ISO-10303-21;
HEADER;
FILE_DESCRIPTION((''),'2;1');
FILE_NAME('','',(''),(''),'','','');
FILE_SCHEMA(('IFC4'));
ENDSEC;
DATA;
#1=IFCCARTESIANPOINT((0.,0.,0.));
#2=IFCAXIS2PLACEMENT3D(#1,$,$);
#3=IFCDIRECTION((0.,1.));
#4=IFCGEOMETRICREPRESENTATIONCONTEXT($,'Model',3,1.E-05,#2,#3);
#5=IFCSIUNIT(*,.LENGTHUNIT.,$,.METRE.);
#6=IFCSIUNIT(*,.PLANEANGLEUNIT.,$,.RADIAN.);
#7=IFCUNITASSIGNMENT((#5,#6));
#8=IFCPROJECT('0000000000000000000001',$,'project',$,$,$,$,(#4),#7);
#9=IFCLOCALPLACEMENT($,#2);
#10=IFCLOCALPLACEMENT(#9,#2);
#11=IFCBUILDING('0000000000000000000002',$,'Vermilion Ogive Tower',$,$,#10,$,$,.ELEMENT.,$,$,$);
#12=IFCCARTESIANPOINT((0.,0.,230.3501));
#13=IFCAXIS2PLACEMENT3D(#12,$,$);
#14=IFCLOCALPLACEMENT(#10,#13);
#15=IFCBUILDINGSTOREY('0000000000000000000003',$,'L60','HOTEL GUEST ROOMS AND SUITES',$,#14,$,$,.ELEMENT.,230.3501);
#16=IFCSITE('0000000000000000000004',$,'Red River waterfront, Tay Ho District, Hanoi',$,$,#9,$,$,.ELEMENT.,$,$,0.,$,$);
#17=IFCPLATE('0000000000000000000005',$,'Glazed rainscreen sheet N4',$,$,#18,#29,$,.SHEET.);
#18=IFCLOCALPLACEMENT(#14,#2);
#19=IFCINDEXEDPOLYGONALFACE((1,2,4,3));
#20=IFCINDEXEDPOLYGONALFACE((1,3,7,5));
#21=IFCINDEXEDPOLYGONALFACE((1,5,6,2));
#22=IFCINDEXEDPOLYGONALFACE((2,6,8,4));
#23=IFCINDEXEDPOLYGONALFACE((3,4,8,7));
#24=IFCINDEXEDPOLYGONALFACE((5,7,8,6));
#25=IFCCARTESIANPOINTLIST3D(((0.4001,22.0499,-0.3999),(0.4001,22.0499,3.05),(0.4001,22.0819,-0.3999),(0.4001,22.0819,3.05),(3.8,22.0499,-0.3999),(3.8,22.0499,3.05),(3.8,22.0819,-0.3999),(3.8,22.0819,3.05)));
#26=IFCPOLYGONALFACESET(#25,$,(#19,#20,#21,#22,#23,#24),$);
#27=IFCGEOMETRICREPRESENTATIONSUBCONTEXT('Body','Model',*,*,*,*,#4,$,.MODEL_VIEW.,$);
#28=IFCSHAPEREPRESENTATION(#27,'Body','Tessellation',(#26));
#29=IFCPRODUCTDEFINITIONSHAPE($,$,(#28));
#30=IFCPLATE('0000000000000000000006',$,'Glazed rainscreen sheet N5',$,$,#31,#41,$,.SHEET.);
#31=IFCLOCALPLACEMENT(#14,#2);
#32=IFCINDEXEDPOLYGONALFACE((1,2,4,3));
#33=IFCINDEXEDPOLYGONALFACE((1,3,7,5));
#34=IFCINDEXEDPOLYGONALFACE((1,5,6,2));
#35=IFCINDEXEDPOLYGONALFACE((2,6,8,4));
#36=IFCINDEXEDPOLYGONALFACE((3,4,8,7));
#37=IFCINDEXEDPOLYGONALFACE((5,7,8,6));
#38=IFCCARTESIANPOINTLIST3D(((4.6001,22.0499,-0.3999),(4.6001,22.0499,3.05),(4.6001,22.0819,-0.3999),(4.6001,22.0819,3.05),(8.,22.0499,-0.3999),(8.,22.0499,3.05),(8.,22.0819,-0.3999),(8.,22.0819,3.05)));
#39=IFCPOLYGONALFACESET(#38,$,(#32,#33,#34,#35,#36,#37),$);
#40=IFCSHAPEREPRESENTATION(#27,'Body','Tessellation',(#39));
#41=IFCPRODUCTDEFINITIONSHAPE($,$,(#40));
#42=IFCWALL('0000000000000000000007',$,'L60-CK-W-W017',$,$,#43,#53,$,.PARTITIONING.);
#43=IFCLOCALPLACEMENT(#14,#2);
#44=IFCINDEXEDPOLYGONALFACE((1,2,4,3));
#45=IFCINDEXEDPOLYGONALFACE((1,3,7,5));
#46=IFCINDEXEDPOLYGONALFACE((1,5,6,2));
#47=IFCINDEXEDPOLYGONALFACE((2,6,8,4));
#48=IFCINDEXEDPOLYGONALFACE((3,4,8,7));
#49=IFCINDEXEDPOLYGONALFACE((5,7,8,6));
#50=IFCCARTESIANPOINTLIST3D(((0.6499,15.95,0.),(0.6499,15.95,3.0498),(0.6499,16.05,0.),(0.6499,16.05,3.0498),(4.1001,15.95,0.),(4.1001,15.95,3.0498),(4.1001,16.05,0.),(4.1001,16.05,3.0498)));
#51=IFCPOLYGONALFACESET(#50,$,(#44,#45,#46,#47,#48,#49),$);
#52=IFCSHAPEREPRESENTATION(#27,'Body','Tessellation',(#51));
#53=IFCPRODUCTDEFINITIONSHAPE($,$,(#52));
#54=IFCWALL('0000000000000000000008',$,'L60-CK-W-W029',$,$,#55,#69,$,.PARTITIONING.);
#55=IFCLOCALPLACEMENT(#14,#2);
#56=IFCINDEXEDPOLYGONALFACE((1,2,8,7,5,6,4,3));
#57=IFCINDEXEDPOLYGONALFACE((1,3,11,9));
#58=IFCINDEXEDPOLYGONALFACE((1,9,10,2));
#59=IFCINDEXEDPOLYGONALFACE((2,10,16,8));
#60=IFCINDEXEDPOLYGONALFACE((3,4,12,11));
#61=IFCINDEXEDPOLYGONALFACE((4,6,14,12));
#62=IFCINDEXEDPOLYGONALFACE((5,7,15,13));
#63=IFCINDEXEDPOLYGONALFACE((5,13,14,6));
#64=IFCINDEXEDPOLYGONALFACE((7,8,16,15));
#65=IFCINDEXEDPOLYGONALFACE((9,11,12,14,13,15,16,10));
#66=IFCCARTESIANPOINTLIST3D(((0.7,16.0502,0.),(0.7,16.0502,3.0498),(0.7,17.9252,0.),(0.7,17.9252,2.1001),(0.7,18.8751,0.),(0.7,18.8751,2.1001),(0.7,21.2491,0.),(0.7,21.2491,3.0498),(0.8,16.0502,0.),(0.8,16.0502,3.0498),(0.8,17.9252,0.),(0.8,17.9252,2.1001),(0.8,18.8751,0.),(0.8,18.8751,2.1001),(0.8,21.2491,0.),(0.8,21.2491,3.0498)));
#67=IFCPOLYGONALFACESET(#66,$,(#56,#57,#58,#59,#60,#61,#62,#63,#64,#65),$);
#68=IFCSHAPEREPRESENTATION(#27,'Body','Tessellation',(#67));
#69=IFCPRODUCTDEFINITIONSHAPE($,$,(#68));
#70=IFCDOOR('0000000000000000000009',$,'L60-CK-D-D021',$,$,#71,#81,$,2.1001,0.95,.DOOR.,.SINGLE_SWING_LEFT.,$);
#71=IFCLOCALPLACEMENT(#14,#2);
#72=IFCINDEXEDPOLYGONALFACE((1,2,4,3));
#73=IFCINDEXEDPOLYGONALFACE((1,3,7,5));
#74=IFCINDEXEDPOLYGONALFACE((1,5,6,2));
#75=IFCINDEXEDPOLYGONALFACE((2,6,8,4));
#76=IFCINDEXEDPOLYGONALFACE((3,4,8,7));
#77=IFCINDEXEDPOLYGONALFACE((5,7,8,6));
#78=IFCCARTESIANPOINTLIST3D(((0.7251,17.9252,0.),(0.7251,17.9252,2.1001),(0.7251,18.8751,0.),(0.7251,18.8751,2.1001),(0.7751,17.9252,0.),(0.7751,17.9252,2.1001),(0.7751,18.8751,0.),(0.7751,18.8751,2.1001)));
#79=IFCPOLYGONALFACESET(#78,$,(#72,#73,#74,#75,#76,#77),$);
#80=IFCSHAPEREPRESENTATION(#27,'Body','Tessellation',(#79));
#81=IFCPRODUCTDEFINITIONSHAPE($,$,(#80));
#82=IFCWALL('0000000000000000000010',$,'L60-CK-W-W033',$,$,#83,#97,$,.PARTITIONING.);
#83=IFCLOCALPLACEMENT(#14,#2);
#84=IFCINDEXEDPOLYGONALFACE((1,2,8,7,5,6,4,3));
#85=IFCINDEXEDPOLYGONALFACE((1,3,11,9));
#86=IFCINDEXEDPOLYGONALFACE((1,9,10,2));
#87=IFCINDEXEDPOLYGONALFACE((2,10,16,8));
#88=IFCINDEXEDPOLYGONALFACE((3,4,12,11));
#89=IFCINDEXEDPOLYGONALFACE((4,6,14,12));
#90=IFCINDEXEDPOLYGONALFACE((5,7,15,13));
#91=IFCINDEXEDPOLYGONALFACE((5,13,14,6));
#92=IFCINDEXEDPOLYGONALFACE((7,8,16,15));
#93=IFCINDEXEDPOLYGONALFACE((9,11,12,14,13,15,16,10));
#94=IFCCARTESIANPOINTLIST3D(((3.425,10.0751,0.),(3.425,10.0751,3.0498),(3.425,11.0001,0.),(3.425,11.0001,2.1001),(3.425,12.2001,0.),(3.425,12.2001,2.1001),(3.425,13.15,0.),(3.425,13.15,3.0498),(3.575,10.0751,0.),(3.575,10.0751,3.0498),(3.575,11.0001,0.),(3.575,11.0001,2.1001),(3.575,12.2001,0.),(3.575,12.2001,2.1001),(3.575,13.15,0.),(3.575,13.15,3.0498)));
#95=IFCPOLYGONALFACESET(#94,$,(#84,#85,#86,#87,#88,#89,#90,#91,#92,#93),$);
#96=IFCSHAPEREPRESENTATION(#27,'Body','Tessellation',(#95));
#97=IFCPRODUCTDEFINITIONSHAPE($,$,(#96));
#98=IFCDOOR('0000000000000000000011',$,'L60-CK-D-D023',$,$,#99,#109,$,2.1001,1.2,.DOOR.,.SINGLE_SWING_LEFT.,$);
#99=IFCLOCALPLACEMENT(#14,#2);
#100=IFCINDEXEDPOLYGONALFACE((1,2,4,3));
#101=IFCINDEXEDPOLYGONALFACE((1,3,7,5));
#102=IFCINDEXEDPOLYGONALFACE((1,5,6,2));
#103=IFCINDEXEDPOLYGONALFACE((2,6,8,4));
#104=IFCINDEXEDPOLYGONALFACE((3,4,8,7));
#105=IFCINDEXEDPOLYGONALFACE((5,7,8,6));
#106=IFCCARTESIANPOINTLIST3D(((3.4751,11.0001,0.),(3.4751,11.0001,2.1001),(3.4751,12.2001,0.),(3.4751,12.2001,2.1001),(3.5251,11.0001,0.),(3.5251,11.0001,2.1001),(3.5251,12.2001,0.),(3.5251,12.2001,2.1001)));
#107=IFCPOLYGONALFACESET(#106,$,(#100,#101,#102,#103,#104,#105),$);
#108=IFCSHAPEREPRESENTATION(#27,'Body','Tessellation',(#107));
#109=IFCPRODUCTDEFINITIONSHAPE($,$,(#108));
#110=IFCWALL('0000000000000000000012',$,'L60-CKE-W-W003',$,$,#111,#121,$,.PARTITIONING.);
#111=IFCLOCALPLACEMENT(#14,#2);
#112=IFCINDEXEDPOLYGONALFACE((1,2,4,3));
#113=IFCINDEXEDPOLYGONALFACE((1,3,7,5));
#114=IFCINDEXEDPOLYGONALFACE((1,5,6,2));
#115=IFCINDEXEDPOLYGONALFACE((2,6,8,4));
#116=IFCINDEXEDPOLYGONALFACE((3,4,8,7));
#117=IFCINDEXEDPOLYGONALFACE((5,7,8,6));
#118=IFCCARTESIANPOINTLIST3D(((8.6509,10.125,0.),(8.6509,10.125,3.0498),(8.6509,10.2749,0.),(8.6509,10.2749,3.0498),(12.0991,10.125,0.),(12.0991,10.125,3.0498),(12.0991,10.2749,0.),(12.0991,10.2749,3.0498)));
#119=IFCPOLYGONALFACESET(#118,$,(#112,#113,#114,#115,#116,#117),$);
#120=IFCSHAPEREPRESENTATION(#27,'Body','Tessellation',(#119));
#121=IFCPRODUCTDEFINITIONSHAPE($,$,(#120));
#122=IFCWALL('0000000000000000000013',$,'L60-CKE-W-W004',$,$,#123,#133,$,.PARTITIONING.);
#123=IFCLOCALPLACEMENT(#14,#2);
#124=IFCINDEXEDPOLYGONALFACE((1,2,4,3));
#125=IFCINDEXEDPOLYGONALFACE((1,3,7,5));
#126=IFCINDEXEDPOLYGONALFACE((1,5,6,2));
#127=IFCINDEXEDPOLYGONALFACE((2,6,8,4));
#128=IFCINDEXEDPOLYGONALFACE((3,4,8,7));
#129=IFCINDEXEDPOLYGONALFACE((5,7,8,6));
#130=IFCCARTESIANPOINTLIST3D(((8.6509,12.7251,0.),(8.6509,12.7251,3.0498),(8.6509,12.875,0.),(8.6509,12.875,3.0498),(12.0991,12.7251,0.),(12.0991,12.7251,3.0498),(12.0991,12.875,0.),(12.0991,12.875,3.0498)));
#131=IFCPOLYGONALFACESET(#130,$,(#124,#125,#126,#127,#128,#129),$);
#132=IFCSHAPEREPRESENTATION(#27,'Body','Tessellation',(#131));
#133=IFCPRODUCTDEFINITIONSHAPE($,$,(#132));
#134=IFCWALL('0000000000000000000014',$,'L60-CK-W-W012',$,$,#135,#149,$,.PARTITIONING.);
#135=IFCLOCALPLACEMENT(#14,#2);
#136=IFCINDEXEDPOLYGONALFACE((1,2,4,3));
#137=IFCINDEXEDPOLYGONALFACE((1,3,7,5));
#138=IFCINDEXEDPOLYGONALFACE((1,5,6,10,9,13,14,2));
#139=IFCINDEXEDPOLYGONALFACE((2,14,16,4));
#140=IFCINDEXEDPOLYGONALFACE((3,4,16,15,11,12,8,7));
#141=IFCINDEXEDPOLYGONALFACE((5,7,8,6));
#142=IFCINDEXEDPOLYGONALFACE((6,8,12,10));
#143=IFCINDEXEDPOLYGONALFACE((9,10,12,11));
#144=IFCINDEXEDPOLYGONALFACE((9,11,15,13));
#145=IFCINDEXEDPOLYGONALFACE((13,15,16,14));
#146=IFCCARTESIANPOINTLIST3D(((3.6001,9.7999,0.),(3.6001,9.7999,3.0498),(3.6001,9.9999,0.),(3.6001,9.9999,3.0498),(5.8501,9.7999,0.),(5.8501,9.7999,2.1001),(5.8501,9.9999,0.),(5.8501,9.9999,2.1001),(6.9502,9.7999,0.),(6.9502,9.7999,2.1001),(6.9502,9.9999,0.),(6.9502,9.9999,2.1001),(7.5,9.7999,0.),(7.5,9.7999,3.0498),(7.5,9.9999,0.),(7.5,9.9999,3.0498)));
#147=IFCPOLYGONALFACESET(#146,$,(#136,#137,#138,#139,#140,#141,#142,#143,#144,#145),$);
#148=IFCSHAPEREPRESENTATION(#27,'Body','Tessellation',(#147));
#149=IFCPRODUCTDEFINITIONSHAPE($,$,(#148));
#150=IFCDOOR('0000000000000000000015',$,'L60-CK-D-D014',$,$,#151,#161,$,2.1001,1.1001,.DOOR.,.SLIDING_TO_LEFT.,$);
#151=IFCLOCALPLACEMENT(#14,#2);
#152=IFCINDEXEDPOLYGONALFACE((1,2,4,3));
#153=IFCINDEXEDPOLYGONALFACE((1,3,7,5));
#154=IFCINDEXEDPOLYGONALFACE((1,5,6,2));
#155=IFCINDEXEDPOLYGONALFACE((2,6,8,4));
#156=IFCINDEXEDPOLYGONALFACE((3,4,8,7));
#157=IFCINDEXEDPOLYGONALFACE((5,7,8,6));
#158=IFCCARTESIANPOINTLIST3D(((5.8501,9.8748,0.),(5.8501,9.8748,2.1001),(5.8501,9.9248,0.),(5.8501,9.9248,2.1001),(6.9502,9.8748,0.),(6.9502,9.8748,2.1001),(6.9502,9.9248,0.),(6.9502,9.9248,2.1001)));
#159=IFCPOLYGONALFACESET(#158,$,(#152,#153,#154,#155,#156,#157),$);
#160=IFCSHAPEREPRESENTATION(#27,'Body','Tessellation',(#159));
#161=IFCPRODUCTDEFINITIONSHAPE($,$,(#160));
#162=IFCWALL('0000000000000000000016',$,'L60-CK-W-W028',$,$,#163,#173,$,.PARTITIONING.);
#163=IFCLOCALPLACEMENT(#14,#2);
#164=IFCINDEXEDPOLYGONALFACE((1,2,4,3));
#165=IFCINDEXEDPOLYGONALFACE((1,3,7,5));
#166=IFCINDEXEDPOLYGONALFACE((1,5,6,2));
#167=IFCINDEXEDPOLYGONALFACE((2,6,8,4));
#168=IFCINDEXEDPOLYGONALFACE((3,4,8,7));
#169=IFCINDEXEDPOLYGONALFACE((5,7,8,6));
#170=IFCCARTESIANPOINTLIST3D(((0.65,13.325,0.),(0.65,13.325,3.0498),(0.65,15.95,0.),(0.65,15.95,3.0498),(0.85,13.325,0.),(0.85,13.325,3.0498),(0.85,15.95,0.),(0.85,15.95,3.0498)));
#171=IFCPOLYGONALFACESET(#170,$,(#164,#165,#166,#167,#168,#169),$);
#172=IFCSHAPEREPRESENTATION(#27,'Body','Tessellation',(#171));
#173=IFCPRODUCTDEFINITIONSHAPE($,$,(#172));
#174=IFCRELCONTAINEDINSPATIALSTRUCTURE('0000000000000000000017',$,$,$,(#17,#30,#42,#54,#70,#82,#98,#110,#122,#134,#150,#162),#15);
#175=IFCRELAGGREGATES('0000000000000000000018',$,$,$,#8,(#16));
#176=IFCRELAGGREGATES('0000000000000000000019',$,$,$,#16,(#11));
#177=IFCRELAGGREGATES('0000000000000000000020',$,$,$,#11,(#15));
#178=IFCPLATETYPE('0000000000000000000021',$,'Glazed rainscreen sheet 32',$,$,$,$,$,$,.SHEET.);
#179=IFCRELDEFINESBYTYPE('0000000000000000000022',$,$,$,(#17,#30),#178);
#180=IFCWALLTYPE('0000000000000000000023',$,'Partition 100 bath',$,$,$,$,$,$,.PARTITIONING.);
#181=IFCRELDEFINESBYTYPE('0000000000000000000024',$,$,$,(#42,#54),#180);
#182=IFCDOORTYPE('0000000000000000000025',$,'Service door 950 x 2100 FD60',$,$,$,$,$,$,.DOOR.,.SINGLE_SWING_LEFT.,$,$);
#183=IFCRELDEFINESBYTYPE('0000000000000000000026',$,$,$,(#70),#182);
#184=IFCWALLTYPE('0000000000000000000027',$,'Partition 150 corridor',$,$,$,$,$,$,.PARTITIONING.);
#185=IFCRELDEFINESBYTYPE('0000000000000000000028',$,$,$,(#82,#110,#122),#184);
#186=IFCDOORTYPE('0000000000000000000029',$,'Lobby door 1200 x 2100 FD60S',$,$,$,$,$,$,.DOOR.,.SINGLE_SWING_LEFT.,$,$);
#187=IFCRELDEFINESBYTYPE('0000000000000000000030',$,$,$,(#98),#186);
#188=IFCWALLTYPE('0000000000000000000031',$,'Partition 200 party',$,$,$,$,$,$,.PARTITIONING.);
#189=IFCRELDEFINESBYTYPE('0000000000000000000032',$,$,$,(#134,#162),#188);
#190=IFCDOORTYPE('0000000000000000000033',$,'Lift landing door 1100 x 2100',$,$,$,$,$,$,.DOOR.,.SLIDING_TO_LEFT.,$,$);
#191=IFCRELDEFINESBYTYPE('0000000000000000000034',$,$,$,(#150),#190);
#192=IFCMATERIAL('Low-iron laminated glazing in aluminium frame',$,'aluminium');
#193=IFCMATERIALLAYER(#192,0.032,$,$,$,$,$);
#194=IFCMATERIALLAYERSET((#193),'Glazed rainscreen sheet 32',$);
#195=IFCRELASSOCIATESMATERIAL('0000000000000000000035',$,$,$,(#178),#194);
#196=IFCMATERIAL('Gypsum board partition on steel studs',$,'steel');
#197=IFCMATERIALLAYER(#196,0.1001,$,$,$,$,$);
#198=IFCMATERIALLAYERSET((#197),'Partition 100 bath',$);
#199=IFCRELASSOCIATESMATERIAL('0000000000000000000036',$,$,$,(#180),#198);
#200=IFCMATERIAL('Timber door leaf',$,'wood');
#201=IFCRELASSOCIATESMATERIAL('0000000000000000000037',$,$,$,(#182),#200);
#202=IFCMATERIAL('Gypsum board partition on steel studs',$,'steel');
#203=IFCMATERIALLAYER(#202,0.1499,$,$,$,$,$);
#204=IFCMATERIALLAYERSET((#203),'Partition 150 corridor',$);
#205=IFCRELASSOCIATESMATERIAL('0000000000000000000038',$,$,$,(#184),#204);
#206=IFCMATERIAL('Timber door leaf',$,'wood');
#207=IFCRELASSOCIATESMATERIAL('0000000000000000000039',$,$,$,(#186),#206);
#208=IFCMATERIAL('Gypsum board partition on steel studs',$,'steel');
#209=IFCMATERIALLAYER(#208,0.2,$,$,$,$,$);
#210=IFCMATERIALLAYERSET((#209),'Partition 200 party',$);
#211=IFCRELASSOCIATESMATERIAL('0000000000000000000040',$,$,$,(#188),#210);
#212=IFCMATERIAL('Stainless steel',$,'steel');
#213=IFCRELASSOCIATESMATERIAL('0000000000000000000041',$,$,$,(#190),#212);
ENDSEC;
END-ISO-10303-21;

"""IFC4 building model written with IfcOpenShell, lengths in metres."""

from ifc_helpers import new_model, si_unit, direction, frame, frame_2d, origin, origin_2d, place, context, subcontext, project, spatial, rectangle, extrude, material, layer, layer_set, type_object, element, fill, save


model = new_model("IFC4")

# Units and contexts
model_context = context("Model", 3, precision=1e-05, world=origin(), true_north=direction((0.0, 1.0)))
body_context = subcontext(model_context, "Body", "Model", "MODEL_VIEW")
ifc_project = project(units=[si_unit("LENGTHUNIT", "METRE"), si_unit("PLANEANGLEUNIT", "RADIAN")], contexts=[model_context])

# Site, building, storey
site_placement = place(None, origin())
site = spatial("IfcSite", under=ifc_project, at=site_placement, Name="Red River waterfront, Tay Ho District, Hanoi", CompositionType="ELEMENT", RefElevation=0.0)
building_placement = place(site_placement, origin())
building = spatial("IfcBuilding", under=site, at=building_placement, Name="Vermilion Ogive Tower", CompositionType="ELEMENT")
storey_placement = place(building_placement, frame((0.0, 0.0, 230.3501)))
storey = spatial("IfcBuildingStorey", under=building, at=storey_placement, Name="L60", Description="HOTEL GUEST ROOMS AND SUITES", CompositionType="ELEMENT", Elevation=230.3501)

# Plates
ifc_material_1 = material(Name="Low-iron laminated glazing in aluminium frame", Category="aluminium")
ifc_layer_1 = layer(ifc_material_1, 0.032)
ifc_layer_set_1 = layer_set([ifc_layer_1], Name="Glazed rainscreen sheet 32")
plate_type = type_object("IfcPlateType", Name="Glazed rainscreen sheet 32", PredefinedType="SHEET", material=ifc_layer_set_1)
for number, where, z_axis, x_axis, name in (
    (1, (2.1001, 22.0659, -0.3999), (0.0, 0.0, 1.0), (1.0, 0.0, 0.0), "Glazed rainscreen sheet N4"),
    (2, (6.3, 22.0659, -0.3999), (0.0, 0.0, 1.0), (1.0, 0.0, 0.0), "Glazed rainscreen sheet N5"),
):
    element("IfcPlate", number, at=place(storey_placement, frame(where, z_axis=z_axis, x_axis=x_axis)), inside=storey, type_object=plate_type, Name=name, PredefinedType="SHEET", context=body_context, shape_type="SweptSolid", body=[
        extrude(rectangle(XDim=3.3999, YDim=0.032, at=origin_2d()), origin(), (0.0, 0.0, 1.0), 3.45),
    ])

# Wall
ifc_material_2 = material(Name="Gypsum board partition on steel studs", Category="steel")
ifc_layer_2 = layer(ifc_material_2, 0.1001)
ifc_layer_set_2 = layer_set([ifc_layer_2], Name="Partition 100 bath")
wall_type_1 = type_object("IfcWallType", Name="Partition 100 bath", PredefinedType="PARTITIONING", material=ifc_layer_set_2)
wall_1_placement = place(storey_placement, frame((0.6499, 16.0, 0.0), z_axis=(0.0, 0.0, 1.0), x_axis=(1.0, 0.0, 0.0)))
element("IfcWall", 3, at=wall_1_placement, inside=storey, type_object=wall_type_1, Name="L60-CK-W-W017", PredefinedType="PARTITIONING", context=body_context, shape_type="SweptSolid", body=[
    extrude(rectangle(XDim=3.4502, YDim=0.1001, at=frame_2d((1.7251, 0.0))), origin(), (0.0, 0.0, 1.0), 3.0498),
])

# Walls, openings, doors
wall_2_placement = place(storey_placement, frame((0.75, 16.05, 0.0), z_axis=(0.0, 0.0, 1.0), x_axis=(0.0, 1.0, 0.0)))
wall_2 = element("IfcWall", 4, at=wall_2_placement, inside=storey, type_object=wall_type_1, Name="L60-CK-W-W029", PredefinedType="PARTITIONING", context=body_context, shape_type="SweptSolid", body=[
    extrude(rectangle(XDim=5.199, YDim=0.1001, at=frame_2d((2.5996, 0.0))), origin(), (0.0, 0.0, 1.0), 3.0498),
])
opening_1_placement = place(wall_2_placement, frame((1.875, 0.0, 0.0)))
opening_1 = element("IfcOpeningElement", 5, at=opening_1_placement, cuts=wall_2, PredefinedType="OPENING", context=body_context, shape_type="SweptSolid", body=[
    extrude(rectangle(XDim=0.95, YDim=2.1001, at=frame_2d((0.4751, 1.05))), frame((0.0, 0.0601, 0.0), z_axis=(0.0, -1.0, 0.0), x_axis=(1.0, 0.0, 0.0)), (0.0, 0.0, 1.0), 0.1201),
])
ifc_material_3 = material(Name="Timber door leaf", Category="wood")
door_type_1 = type_object("IfcDoorType", Name="Service door 950 x 2100 FD60", OperationType="SINGLE_SWING_LEFT", PredefinedType="DOOR", material=ifc_material_3)
door_1_placement = place(opening_1_placement, origin())
door_1 = element("IfcDoor", 6, at=door_1_placement, inside=storey, type_object=door_type_1, Name="L60-CK-D-D021", OperationType="SINGLE_SWING_LEFT", OverallHeight=2.1001, OverallWidth=0.95, PredefinedType="DOOR", context=body_context, shape_type="SweptSolid", body=[
    extrude(rectangle(XDim=0.95, YDim=2.1001, at=frame_2d((0.4751, 1.05))), frame((0.0, 0.0249, 0.0), z_axis=(0.0, -1.0, 0.0), x_axis=(1.0, 0.0, 0.0)), (0.0, 0.0, 1.0), 0.05),
])
fill(opening_1, door_1)
ifc_material_4 = material(Name="Gypsum board partition on steel studs", Category="steel")
ifc_layer_3 = layer(ifc_material_4, 0.1499)
ifc_layer_set_3 = layer_set([ifc_layer_3], Name="Partition 150 corridor")
wall_type_2 = type_object("IfcWallType", Name="Partition 150 corridor", PredefinedType="PARTITIONING", material=ifc_layer_set_3)
wall_3_placement = place(storey_placement, frame((3.5, 10.075, 0.0), z_axis=(0.0, 0.0, 1.0), x_axis=(0.0, 1.0, 0.0)))
wall_3 = element("IfcWall", 7, at=wall_3_placement, inside=storey, type_object=wall_type_2, Name="L60-CK-W-W033", PredefinedType="PARTITIONING", context=body_context, shape_type="SweptSolid", body=[
    extrude(rectangle(XDim=3.075, YDim=0.1499, at=frame_2d((1.5376, 0.0))), origin(), (0.0, 0.0, 1.0), 3.0498),
])
opening_2_placement = place(wall_3_placement, frame((0.925, 0.0, 0.0)))
opening_2 = element("IfcOpeningElement", 8, at=opening_2_placement, cuts=wall_3, PredefinedType="OPENING", context=body_context, shape_type="SweptSolid", body=[
    extrude(rectangle(XDim=1.2, YDim=2.1001, at=frame_2d((0.6001, 1.05))), frame((0.0, 0.085, 0.0), z_axis=(0.0, -1.0, 0.0), x_axis=(1.0, 0.0, 0.0)), (0.0, 0.0, 1.0), 0.1699),
])
ifc_material_5 = material(Name="Timber door leaf", Category="wood")
door_type_2 = type_object("IfcDoorType", Name="Lobby door 1200 x 2100 FD60S", OperationType="SINGLE_SWING_LEFT", PredefinedType="DOOR", material=ifc_material_5)
door_2_placement = place(opening_2_placement, origin())
door_2 = element("IfcDoor", 9, at=door_2_placement, inside=storey, type_object=door_type_2, Name="L60-CK-D-D023", OperationType="SINGLE_SWING_LEFT", OverallHeight=2.1001, OverallWidth=1.2, PredefinedType="DOOR", context=body_context, shape_type="SweptSolid", body=[
    extrude(rectangle(XDim=1.2, YDim=2.1001, at=frame_2d((0.6001, 1.05))), frame((0.0, 0.0249, 0.0), z_axis=(0.0, -1.0, 0.0), x_axis=(1.0, 0.0, 0.0)), (0.0, 0.0, 1.0), 0.05),
])
fill(opening_2, door_2)

# Walls
for number, where, z_axis, x_axis, name in (
    (10, (8.6509, 10.2, 0.0), (0.0, 0.0, 1.0), (1.0, 0.0, 0.0), "L60-CKE-W-W003"),
    (11, (8.6509, 12.8, 0.0), (0.0, 0.0, 1.0), (1.0, 0.0, 0.0), "L60-CKE-W-W004"),
):
    element("IfcWall", number, at=place(storey_placement, frame(where, z_axis=z_axis, x_axis=x_axis)), inside=storey, type_object=wall_type_2, Name=name, PredefinedType="PARTITIONING", context=body_context, shape_type="SweptSolid", body=[
        extrude(rectangle(XDim=3.4482, YDim=0.1499, at=frame_2d((1.7241, 0.0))), origin(), (0.0, 0.0, 1.0), 3.0498),
    ])

# Wall, opening, door
ifc_material_6 = material(Name="Gypsum board partition on steel studs", Category="steel")
ifc_layer_4 = layer(ifc_material_6, 0.2)
ifc_layer_set_4 = layer_set([ifc_layer_4], Name="Partition 200 party")
wall_type_3 = type_object("IfcWallType", Name="Partition 200 party", PredefinedType="PARTITIONING", material=ifc_layer_set_4)
wall_4_placement = place(storey_placement, frame((3.6001, 9.8999, 0.0), z_axis=(0.0, 0.0, 1.0), x_axis=(1.0, 0.0, 0.0)))
wall_4 = element("IfcWall", 12, at=wall_4_placement, inside=storey, type_object=wall_type_3, Name="L60-CK-W-W012", PredefinedType="PARTITIONING", context=body_context, shape_type="SweptSolid", body=[
    extrude(rectangle(XDim=3.8999, YDim=0.2, at=frame_2d((1.95, 0.0))), origin(), (0.0, 0.0, 1.0), 3.0498),
])
opening_3_placement = place(wall_4_placement, frame((2.25, 0.0, 0.0)))
opening_3 = element("IfcOpeningElement", 13, at=opening_3_placement, cuts=wall_4, PredefinedType="OPENING", context=body_context, shape_type="SweptSolid", body=[
    extrude(rectangle(XDim=1.1001, YDim=2.1001, at=frame_2d((0.55, 1.05))), frame((0.0, 0.1099, 0.0), z_axis=(0.0, -1.0, 0.0), x_axis=(1.0, 0.0, 0.0)), (0.0, 0.0, 1.0), 0.22),
])
ifc_material_7 = material(Name="Stainless steel", Category="steel")
door_type_3 = type_object("IfcDoorType", Name="Lift landing door 1100 x 2100", OperationType="SLIDING_TO_LEFT", PredefinedType="DOOR", material=ifc_material_7)
door_3_placement = place(opening_3_placement, origin())
door_3 = element("IfcDoor", 14, at=door_3_placement, inside=storey, type_object=door_type_3, Name="L60-CK-D-D014", OperationType="SLIDING_TO_LEFT", OverallHeight=2.1001, OverallWidth=1.1001, PredefinedType="DOOR", context=body_context, shape_type="SweptSolid", body=[
    extrude(rectangle(XDim=1.1001, YDim=2.1001, at=frame_2d((0.55, 1.05))), frame((0.0, 0.0249, 0.0), z_axis=(0.0, -1.0, 0.0), x_axis=(1.0, 0.0, 0.0)), (0.0, 0.0, 1.0), 0.05),
])
fill(opening_3, door_3)

# Wall
wall_5_placement = place(storey_placement, frame((0.75, 13.325, 0.0), z_axis=(0.0, 0.0, 1.0), x_axis=(0.0, 1.0, 0.0)))
element("IfcWall", 15, at=wall_5_placement, inside=storey, type_object=wall_type_3, Name="L60-CK-W-W028", PredefinedType="PARTITIONING", context=body_context, shape_type="SweptSolid", body=[
    extrude(rectangle(XDim=2.625, YDim=0.2, at=frame_2d((1.3125, 0.0))), origin(), (0.0, 0.0, 1.0), 3.0498),
])

save(model, "model.ifc")
